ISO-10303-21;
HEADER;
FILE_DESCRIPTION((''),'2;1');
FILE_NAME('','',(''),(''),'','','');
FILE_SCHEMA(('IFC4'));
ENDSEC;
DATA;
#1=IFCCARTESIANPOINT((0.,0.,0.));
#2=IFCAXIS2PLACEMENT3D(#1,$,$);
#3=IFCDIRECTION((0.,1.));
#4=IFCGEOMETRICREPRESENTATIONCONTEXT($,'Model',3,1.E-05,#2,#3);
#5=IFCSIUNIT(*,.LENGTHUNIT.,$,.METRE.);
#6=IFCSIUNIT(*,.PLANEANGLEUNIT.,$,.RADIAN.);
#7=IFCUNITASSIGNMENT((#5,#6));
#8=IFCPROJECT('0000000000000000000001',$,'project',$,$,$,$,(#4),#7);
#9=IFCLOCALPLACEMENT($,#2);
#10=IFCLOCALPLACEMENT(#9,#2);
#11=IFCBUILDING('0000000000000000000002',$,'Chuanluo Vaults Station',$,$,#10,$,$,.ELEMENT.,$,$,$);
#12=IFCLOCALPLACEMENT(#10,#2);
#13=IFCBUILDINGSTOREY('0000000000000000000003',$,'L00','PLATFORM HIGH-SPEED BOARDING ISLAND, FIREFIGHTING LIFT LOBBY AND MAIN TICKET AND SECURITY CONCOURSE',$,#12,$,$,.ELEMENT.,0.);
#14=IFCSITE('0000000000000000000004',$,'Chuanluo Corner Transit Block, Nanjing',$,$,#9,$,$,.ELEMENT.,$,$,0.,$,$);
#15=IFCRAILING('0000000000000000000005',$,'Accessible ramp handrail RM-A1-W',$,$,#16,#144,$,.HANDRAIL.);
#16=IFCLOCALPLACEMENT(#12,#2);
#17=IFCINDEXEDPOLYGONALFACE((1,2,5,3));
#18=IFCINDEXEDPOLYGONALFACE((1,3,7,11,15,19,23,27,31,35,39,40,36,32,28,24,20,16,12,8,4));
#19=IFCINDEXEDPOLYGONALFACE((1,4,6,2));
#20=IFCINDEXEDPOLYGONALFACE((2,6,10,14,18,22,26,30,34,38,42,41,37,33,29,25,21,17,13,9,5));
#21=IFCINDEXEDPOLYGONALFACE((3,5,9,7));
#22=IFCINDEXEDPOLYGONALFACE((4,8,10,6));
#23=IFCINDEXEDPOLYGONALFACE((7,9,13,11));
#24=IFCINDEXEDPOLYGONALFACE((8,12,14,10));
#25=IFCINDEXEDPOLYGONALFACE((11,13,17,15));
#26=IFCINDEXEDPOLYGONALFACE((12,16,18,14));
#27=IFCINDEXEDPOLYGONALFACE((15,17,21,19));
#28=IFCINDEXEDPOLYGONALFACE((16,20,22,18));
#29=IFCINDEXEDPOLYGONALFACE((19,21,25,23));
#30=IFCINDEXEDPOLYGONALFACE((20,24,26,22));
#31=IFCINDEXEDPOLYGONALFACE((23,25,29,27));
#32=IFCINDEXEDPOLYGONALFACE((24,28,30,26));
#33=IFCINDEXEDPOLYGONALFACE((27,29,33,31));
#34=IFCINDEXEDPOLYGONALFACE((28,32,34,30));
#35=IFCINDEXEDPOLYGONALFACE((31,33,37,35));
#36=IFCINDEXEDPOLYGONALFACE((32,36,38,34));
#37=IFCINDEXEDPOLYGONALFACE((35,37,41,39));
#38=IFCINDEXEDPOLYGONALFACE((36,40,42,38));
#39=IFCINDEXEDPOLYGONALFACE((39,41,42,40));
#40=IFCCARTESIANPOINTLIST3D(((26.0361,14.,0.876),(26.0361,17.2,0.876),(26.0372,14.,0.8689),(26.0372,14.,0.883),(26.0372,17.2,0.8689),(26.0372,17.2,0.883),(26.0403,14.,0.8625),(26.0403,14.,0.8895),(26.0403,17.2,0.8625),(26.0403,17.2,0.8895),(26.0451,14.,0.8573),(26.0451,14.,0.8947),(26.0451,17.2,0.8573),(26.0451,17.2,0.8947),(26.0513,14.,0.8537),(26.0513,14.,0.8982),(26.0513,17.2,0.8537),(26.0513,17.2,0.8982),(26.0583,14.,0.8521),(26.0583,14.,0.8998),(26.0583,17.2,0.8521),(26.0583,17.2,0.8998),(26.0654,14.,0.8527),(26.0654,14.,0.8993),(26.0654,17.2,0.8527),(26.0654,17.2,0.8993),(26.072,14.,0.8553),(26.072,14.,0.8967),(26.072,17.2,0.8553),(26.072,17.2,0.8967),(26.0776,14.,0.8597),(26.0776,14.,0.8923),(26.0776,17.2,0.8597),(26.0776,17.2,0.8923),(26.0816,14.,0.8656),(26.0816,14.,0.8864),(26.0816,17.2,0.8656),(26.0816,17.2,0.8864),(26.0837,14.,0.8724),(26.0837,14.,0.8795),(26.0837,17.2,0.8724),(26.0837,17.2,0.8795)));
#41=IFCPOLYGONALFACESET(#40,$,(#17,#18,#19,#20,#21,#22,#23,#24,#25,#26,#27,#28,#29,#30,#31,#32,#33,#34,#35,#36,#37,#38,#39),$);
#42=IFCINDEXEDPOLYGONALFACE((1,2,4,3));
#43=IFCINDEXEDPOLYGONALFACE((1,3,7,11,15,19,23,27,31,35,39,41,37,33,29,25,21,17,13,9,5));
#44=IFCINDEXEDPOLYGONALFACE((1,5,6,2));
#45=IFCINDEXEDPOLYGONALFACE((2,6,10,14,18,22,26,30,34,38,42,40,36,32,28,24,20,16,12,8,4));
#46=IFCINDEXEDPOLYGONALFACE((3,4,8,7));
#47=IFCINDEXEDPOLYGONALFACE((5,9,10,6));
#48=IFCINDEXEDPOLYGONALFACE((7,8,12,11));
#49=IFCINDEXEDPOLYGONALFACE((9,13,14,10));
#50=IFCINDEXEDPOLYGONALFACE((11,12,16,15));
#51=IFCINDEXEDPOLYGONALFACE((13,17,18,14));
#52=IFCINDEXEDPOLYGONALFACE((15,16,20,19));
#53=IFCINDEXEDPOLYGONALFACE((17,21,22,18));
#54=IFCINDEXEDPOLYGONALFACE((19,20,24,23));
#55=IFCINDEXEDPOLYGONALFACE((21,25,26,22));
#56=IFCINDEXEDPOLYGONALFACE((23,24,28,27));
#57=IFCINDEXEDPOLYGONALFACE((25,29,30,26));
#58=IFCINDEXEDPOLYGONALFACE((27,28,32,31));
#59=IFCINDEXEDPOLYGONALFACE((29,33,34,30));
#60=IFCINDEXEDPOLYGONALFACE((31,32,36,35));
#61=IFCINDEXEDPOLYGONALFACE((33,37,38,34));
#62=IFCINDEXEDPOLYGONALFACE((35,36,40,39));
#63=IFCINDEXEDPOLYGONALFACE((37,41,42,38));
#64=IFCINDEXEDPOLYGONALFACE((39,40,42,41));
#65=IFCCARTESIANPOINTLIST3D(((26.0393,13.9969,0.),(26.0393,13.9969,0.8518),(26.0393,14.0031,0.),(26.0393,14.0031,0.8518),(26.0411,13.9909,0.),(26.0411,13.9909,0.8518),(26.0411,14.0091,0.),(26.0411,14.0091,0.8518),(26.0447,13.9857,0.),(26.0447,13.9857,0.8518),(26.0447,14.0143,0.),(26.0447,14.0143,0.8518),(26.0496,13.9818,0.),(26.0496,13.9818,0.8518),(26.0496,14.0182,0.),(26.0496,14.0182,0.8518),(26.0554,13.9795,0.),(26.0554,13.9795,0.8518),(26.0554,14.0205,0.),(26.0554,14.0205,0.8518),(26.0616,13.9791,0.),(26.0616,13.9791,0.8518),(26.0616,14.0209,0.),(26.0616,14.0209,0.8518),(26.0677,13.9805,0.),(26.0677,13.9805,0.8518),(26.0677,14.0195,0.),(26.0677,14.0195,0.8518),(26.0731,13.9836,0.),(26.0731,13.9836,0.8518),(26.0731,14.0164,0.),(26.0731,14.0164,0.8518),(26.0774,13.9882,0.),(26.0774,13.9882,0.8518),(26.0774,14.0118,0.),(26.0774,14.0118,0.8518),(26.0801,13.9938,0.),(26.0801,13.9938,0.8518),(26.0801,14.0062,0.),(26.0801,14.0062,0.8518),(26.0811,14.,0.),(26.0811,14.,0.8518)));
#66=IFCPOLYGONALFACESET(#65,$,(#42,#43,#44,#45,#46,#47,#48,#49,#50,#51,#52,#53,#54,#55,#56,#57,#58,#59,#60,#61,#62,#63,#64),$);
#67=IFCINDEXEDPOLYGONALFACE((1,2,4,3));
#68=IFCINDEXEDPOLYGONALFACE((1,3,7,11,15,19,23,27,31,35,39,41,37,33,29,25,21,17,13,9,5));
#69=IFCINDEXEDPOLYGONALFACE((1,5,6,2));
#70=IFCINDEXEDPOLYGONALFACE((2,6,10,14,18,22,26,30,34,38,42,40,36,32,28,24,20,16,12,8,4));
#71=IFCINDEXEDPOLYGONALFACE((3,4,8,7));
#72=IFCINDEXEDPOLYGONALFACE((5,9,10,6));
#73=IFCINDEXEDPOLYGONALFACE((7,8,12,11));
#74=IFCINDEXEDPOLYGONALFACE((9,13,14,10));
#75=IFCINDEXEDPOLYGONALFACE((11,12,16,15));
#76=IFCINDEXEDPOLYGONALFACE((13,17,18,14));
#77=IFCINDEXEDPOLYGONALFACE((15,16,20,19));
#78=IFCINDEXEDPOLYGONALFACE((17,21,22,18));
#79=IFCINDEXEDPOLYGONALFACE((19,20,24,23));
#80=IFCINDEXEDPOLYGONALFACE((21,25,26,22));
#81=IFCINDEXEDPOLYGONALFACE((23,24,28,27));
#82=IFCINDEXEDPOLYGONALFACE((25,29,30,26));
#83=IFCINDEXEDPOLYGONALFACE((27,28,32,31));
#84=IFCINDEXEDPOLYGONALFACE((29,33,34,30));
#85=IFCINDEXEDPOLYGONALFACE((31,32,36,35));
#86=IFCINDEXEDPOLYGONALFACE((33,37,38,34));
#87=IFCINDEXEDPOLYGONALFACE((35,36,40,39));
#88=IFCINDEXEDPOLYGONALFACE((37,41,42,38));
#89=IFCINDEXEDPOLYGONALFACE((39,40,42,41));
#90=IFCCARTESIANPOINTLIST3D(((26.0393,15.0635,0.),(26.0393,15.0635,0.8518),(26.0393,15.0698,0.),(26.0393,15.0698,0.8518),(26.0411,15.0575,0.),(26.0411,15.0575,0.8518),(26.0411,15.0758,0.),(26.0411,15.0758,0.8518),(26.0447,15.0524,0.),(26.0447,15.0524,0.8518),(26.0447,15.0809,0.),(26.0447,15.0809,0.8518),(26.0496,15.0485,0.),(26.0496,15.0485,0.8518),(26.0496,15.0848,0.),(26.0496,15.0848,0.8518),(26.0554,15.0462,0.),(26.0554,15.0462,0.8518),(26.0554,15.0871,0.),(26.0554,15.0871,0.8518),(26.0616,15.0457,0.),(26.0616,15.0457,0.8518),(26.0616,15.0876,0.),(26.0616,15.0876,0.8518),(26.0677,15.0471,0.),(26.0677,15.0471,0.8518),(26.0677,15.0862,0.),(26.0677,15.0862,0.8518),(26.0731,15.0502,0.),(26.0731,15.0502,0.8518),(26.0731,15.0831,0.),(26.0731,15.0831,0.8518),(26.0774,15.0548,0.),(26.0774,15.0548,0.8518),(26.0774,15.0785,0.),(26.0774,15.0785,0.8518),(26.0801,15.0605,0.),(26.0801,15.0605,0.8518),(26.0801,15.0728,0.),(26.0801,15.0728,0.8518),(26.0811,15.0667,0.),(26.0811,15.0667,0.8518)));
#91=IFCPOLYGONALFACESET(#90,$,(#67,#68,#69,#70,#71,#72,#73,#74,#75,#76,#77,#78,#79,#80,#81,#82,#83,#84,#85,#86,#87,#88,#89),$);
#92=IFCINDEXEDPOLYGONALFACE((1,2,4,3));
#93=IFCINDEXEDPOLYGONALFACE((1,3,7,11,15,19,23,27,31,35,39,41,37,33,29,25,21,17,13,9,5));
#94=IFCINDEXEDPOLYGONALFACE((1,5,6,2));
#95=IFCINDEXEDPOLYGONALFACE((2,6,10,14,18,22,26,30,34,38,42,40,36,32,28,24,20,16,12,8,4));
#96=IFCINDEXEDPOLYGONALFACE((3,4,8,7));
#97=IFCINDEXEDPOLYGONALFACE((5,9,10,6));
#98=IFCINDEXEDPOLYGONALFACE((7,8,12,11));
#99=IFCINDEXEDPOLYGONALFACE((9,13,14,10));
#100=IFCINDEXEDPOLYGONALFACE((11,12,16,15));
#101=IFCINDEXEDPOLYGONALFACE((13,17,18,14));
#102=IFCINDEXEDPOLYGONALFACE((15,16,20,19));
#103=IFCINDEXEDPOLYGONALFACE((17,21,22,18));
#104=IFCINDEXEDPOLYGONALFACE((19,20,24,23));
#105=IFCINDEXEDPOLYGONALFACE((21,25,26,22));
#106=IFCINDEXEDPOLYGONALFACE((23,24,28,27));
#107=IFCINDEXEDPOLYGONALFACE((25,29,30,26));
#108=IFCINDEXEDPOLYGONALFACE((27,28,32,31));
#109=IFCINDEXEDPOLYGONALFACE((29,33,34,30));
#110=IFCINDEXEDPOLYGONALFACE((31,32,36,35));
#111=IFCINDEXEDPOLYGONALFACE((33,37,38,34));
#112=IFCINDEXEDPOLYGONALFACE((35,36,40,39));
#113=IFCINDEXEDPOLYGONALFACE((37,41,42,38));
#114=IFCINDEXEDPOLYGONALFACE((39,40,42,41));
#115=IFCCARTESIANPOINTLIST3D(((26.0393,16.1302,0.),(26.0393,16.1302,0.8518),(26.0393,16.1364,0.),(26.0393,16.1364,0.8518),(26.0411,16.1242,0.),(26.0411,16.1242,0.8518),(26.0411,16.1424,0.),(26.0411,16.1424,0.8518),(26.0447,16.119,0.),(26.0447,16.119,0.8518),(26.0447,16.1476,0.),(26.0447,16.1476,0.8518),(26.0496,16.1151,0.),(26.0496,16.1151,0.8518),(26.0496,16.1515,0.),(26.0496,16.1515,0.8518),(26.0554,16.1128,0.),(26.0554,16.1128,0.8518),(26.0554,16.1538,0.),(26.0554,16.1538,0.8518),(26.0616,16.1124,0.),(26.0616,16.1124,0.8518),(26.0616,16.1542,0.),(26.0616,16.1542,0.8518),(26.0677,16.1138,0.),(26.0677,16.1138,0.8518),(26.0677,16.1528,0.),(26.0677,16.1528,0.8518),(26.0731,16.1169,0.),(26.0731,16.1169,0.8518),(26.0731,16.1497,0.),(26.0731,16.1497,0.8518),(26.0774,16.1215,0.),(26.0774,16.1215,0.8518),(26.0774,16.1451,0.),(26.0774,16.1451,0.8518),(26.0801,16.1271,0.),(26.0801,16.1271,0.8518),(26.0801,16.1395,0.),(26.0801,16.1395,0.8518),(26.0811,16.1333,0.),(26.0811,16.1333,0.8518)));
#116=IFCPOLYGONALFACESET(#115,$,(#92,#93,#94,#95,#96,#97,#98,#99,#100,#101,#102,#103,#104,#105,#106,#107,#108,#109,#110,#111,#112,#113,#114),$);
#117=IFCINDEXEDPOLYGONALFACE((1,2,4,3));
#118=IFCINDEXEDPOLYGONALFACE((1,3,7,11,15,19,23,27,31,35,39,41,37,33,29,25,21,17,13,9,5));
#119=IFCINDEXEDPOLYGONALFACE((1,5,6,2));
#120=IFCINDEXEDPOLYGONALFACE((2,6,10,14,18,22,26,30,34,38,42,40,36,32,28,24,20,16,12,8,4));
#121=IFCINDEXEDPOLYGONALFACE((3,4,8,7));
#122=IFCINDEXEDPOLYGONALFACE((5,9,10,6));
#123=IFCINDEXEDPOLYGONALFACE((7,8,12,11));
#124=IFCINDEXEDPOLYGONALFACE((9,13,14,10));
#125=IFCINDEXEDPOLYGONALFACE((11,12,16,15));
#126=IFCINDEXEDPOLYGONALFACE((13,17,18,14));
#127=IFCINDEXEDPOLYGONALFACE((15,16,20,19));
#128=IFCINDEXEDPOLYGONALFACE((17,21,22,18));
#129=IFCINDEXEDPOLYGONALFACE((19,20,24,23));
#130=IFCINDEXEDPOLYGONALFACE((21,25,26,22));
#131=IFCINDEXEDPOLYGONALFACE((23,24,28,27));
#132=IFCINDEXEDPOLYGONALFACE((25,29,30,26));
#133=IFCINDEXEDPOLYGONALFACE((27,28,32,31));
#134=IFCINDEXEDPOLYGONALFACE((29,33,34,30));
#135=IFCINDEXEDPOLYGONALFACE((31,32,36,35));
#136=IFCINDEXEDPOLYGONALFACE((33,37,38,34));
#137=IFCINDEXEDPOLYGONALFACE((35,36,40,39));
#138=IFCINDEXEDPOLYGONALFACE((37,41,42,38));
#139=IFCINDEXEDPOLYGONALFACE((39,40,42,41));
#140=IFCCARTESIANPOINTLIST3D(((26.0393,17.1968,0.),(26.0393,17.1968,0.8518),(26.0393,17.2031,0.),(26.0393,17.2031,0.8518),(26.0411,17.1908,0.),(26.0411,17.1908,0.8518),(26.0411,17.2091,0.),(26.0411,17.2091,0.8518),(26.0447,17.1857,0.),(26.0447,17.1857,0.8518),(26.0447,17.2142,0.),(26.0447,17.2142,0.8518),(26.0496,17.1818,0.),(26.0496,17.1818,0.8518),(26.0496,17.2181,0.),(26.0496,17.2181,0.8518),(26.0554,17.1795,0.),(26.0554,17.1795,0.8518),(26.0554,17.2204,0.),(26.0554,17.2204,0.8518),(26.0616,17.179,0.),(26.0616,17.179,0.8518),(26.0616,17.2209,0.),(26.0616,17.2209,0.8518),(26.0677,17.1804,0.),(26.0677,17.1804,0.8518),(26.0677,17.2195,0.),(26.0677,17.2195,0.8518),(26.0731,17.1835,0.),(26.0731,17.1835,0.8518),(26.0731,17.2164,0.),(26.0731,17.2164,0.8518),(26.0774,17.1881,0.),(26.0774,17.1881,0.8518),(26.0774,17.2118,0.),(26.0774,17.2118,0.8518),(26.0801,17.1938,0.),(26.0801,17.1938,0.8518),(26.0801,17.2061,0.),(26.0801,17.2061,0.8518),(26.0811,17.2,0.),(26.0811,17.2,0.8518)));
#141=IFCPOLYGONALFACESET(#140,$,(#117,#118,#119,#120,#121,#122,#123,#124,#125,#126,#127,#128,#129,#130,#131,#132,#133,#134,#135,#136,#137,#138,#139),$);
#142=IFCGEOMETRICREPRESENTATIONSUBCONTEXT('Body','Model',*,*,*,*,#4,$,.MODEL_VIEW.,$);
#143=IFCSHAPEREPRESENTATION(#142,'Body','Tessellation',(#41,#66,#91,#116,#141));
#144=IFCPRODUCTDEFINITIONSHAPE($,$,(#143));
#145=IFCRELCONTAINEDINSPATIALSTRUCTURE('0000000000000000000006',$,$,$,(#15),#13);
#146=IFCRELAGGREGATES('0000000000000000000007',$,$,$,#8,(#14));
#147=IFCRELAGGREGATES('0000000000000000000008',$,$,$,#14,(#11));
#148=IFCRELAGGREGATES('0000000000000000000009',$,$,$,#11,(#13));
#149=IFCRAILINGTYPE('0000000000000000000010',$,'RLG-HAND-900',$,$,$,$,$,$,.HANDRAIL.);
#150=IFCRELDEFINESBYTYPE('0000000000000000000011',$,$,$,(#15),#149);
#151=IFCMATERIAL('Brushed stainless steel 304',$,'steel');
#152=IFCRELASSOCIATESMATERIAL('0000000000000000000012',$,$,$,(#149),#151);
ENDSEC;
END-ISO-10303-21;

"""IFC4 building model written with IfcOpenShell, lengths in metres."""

from ifc_helpers import new_model, si_unit, direction, frame, origin, origin_2d, place, context, subcontext, project, spatial, circle, extrude, material, type_object, element, save


model = new_model("IFC4")

# Units and contexts
model_context = context("Model", 3, precision=1e-05, world=origin(), true_north=direction((0.0, 1.0)))
body_context = subcontext(model_context, "Body", "Model", "MODEL_VIEW")
ifc_project = project(units=[si_unit("LENGTHUNIT", "METRE"), si_unit("PLANEANGLEUNIT", "RADIAN")], contexts=[model_context])

# Site, building, storey
site_placement = place(None, origin())
site = spatial("IfcSite", under=ifc_project, at=site_placement, Name="Chuanluo Corner Transit Block, Nanjing", CompositionType="ELEMENT", RefElevation=0.0)
building_placement = place(site_placement, origin())
building = spatial("IfcBuilding", under=site, at=building_placement, Name="Chuanluo Vaults Station", CompositionType="ELEMENT")
storey_placement = place(building_placement, origin())
storey = spatial("IfcBuildingStorey", under=building, at=storey_placement, Name="L00", Description="PLATFORM HIGH-SPEED BOARDING ISLAND, FIREFIGHTING LIFT LOBBY AND MAIN TICKET AND SECURITY CONCOURSE", CompositionType="ELEMENT", Elevation=0.0)

# Railing
ifc_material_1 = material(Name="Brushed stainless steel 304", Category="steel")
railing_type_1 = type_object("IfcRailingType", Name="RLG-HAND-900", PredefinedType="HANDRAIL", material=ifc_material_1)
for number, where, name in (
    (1, (26.0601, 14.0, 0.0), "Accessible ramp handrail RM-A1-W"),
):
    element("IfcRailing", number, at=place(storey_placement, frame(where)), inside=storey, type_object=railing_type_1, Name=name, PredefinedType="HANDRAIL", context=body_context, shape_type="SweptSolid", body=[
        extrude(circle(Radius=0.0239, at=origin_2d()), frame((0.0, 0.0, 0.876), z_axis=(0.0, 1.0, 0.0), x_axis=(-1.0, 0.0, 0.0)), (0.0, 0.0, 1.0), 3.2),
        extrude(circle(Radius=0.021, at=origin_2d()), origin(), (0.0, 0.0, 1.0), 0.8518),
        extrude(circle(Radius=0.021, at=origin_2d()), frame((0.0, 1.0667, 0.0)), (0.0, 0.0, 1.0), 0.8518),
        extrude(circle(Radius=0.021, at=origin_2d()), frame((0.0, 2.1333, 0.0)), (0.0, 0.0, 1.0), 0.8518),
        extrude(circle(Radius=0.021, at=origin_2d()), frame((0.0, 3.2, 0.0)), (0.0, 0.0, 1.0), 0.8518),
    ])

save(model, "model.ifc")
